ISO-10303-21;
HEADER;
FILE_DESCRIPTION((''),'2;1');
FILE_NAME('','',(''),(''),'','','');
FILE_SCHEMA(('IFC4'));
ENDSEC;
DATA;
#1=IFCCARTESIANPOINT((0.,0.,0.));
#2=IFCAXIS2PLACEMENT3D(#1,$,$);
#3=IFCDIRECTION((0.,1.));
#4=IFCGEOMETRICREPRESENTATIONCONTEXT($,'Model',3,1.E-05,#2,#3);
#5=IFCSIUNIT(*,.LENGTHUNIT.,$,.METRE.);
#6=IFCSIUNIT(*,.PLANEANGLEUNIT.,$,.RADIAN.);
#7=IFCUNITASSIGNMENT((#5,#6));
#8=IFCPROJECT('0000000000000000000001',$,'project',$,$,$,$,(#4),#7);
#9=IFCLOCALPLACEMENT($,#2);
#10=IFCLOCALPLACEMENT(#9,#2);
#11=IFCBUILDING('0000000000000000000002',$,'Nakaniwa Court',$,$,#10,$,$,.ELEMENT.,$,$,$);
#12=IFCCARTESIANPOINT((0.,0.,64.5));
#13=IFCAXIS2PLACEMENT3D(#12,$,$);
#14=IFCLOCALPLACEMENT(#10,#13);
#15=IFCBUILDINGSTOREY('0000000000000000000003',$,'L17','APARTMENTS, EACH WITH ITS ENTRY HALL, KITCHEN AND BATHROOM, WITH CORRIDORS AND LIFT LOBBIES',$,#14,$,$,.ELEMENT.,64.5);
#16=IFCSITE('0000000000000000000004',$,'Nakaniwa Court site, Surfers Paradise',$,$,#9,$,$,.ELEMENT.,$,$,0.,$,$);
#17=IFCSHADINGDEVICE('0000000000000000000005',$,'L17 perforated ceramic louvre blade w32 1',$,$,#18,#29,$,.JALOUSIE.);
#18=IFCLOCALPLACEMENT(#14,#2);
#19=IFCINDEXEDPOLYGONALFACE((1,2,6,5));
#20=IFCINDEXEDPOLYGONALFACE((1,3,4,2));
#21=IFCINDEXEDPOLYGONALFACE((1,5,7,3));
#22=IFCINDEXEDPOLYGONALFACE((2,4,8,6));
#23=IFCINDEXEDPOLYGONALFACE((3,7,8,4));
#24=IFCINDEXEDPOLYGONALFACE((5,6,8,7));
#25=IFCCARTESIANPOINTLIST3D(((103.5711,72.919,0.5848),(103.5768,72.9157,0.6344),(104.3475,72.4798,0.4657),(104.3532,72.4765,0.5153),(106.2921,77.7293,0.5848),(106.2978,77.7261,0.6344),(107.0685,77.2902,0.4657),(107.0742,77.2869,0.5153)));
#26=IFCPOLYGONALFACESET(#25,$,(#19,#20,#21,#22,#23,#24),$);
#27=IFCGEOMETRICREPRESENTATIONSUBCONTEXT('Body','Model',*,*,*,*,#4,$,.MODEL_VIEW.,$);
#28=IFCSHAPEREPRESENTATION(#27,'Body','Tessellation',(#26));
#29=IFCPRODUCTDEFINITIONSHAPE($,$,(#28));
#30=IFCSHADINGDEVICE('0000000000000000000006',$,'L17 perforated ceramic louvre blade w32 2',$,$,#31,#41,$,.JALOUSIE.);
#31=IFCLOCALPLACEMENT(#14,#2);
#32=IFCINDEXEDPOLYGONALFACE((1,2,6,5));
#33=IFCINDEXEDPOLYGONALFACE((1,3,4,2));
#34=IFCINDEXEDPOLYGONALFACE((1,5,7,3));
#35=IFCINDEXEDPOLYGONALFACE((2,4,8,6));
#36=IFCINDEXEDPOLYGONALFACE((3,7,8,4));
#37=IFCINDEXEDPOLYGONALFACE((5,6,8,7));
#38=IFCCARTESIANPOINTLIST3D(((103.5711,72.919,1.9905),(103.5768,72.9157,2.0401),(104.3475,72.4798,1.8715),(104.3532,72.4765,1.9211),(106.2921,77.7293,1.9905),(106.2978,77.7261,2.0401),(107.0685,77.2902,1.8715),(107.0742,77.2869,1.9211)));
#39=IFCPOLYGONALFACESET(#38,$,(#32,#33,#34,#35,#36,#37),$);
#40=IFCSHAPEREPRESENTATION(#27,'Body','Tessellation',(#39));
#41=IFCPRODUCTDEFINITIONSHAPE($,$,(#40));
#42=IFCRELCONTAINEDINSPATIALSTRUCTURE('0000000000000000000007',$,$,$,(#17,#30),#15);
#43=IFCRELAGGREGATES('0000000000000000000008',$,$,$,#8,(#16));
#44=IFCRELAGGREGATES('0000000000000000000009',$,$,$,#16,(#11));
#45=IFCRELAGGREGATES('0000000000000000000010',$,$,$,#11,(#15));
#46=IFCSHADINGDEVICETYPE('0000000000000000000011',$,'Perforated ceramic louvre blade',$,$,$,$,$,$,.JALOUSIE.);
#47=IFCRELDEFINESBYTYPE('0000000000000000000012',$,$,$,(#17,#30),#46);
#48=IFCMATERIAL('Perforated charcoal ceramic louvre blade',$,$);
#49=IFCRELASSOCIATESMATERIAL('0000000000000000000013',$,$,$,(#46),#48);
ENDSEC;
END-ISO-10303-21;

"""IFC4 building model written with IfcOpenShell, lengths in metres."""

from ifc_helpers import new_model, si_unit, direction, frame, origin, origin_2d, place, context, subcontext, project, spatial, rectangle, extrude, material, material_profile, profile_set, type_object, element, save


model = new_model("IFC4")

# Units and contexts
model_context = context("Model", 3, precision=1e-05, world=origin(), true_north=direction((0.0, 1.0)))
body_context = subcontext(model_context, "Body", "Model", "MODEL_VIEW")
ifc_project = project(units=[si_unit("LENGTHUNIT", "METRE"), si_unit("PLANEANGLEUNIT", "RADIAN")], contexts=[model_context])

# Site, building, storey
site_placement = place(None, origin())
site = spatial("IfcSite", under=ifc_project, at=site_placement, Name="Nakaniwa Court site, Surfers Paradise", CompositionType="ELEMENT", RefElevation=0.0)
building_placement = place(site_placement, origin())
building = spatial("IfcBuilding", under=site, at=building_placement, Name="Nakaniwa Court", CompositionType="ELEMENT")
storey_placement = place(building_placement, frame((0.0, 0.0, 64.5)))
storey = spatial("IfcBuildingStorey", under=building, at=storey_placement, Name="L17", Description="APARTMENTS, EACH WITH ITS ENTRY HALL, KITCHEN AND BATHROOM, WITH CORRIDORS AND LIFT LOBBIES", CompositionType="ELEMENT", Elevation=64.5)

# Shading devices
ifc_material_1 = material(Name="Perforated charcoal ceramic louvre blade")
ifc_material_profile_1 = material_profile(ifc_material_1, rectangle(XDim=0.8999, YDim=0.05, at=origin_2d()), Name="Perforated ceramic louvre blade")
ifc_profile_set_1 = profile_set([ifc_material_profile_1], Name="Perforated charcoal ceramic louvre blade")
shading_device_type = type_object("IfcShadingDeviceType", Name="Perforated ceramic louvre blade", PredefinedType="JALOUSIE", material=ifc_profile_set_1)
for number, where, z_axis, x_axis, name in (
    (1, (103.9622, 72.6978, 0.55), (0.492343, 0.870402, 0.0), (-0.862756, 0.488018, 0.132256), "L17 perforated ceramic louvre blade w32 1"),
    (2, (103.9622, 72.6978, 1.9558), (0.492343, 0.870402, 0.0), (-0.862756, 0.488018, 0.132256), "L17 perforated ceramic louvre blade w32 2"),
):
    element("IfcShadingDevice", number, at=place(storey_placement, frame(where, z_axis=z_axis, x_axis=x_axis)), inside=storey, type_object=shading_device_type, Name=name, PredefinedType="JALOUSIE", context=body_context, shape_type="SweptSolid", body=[
        extrude(rectangle(XDim=0.8999, YDim=0.05, at=origin_2d()), origin(), (0.0, 0.0, 1.0), 5.5266),
    ])

save(model, "model.ifc")
